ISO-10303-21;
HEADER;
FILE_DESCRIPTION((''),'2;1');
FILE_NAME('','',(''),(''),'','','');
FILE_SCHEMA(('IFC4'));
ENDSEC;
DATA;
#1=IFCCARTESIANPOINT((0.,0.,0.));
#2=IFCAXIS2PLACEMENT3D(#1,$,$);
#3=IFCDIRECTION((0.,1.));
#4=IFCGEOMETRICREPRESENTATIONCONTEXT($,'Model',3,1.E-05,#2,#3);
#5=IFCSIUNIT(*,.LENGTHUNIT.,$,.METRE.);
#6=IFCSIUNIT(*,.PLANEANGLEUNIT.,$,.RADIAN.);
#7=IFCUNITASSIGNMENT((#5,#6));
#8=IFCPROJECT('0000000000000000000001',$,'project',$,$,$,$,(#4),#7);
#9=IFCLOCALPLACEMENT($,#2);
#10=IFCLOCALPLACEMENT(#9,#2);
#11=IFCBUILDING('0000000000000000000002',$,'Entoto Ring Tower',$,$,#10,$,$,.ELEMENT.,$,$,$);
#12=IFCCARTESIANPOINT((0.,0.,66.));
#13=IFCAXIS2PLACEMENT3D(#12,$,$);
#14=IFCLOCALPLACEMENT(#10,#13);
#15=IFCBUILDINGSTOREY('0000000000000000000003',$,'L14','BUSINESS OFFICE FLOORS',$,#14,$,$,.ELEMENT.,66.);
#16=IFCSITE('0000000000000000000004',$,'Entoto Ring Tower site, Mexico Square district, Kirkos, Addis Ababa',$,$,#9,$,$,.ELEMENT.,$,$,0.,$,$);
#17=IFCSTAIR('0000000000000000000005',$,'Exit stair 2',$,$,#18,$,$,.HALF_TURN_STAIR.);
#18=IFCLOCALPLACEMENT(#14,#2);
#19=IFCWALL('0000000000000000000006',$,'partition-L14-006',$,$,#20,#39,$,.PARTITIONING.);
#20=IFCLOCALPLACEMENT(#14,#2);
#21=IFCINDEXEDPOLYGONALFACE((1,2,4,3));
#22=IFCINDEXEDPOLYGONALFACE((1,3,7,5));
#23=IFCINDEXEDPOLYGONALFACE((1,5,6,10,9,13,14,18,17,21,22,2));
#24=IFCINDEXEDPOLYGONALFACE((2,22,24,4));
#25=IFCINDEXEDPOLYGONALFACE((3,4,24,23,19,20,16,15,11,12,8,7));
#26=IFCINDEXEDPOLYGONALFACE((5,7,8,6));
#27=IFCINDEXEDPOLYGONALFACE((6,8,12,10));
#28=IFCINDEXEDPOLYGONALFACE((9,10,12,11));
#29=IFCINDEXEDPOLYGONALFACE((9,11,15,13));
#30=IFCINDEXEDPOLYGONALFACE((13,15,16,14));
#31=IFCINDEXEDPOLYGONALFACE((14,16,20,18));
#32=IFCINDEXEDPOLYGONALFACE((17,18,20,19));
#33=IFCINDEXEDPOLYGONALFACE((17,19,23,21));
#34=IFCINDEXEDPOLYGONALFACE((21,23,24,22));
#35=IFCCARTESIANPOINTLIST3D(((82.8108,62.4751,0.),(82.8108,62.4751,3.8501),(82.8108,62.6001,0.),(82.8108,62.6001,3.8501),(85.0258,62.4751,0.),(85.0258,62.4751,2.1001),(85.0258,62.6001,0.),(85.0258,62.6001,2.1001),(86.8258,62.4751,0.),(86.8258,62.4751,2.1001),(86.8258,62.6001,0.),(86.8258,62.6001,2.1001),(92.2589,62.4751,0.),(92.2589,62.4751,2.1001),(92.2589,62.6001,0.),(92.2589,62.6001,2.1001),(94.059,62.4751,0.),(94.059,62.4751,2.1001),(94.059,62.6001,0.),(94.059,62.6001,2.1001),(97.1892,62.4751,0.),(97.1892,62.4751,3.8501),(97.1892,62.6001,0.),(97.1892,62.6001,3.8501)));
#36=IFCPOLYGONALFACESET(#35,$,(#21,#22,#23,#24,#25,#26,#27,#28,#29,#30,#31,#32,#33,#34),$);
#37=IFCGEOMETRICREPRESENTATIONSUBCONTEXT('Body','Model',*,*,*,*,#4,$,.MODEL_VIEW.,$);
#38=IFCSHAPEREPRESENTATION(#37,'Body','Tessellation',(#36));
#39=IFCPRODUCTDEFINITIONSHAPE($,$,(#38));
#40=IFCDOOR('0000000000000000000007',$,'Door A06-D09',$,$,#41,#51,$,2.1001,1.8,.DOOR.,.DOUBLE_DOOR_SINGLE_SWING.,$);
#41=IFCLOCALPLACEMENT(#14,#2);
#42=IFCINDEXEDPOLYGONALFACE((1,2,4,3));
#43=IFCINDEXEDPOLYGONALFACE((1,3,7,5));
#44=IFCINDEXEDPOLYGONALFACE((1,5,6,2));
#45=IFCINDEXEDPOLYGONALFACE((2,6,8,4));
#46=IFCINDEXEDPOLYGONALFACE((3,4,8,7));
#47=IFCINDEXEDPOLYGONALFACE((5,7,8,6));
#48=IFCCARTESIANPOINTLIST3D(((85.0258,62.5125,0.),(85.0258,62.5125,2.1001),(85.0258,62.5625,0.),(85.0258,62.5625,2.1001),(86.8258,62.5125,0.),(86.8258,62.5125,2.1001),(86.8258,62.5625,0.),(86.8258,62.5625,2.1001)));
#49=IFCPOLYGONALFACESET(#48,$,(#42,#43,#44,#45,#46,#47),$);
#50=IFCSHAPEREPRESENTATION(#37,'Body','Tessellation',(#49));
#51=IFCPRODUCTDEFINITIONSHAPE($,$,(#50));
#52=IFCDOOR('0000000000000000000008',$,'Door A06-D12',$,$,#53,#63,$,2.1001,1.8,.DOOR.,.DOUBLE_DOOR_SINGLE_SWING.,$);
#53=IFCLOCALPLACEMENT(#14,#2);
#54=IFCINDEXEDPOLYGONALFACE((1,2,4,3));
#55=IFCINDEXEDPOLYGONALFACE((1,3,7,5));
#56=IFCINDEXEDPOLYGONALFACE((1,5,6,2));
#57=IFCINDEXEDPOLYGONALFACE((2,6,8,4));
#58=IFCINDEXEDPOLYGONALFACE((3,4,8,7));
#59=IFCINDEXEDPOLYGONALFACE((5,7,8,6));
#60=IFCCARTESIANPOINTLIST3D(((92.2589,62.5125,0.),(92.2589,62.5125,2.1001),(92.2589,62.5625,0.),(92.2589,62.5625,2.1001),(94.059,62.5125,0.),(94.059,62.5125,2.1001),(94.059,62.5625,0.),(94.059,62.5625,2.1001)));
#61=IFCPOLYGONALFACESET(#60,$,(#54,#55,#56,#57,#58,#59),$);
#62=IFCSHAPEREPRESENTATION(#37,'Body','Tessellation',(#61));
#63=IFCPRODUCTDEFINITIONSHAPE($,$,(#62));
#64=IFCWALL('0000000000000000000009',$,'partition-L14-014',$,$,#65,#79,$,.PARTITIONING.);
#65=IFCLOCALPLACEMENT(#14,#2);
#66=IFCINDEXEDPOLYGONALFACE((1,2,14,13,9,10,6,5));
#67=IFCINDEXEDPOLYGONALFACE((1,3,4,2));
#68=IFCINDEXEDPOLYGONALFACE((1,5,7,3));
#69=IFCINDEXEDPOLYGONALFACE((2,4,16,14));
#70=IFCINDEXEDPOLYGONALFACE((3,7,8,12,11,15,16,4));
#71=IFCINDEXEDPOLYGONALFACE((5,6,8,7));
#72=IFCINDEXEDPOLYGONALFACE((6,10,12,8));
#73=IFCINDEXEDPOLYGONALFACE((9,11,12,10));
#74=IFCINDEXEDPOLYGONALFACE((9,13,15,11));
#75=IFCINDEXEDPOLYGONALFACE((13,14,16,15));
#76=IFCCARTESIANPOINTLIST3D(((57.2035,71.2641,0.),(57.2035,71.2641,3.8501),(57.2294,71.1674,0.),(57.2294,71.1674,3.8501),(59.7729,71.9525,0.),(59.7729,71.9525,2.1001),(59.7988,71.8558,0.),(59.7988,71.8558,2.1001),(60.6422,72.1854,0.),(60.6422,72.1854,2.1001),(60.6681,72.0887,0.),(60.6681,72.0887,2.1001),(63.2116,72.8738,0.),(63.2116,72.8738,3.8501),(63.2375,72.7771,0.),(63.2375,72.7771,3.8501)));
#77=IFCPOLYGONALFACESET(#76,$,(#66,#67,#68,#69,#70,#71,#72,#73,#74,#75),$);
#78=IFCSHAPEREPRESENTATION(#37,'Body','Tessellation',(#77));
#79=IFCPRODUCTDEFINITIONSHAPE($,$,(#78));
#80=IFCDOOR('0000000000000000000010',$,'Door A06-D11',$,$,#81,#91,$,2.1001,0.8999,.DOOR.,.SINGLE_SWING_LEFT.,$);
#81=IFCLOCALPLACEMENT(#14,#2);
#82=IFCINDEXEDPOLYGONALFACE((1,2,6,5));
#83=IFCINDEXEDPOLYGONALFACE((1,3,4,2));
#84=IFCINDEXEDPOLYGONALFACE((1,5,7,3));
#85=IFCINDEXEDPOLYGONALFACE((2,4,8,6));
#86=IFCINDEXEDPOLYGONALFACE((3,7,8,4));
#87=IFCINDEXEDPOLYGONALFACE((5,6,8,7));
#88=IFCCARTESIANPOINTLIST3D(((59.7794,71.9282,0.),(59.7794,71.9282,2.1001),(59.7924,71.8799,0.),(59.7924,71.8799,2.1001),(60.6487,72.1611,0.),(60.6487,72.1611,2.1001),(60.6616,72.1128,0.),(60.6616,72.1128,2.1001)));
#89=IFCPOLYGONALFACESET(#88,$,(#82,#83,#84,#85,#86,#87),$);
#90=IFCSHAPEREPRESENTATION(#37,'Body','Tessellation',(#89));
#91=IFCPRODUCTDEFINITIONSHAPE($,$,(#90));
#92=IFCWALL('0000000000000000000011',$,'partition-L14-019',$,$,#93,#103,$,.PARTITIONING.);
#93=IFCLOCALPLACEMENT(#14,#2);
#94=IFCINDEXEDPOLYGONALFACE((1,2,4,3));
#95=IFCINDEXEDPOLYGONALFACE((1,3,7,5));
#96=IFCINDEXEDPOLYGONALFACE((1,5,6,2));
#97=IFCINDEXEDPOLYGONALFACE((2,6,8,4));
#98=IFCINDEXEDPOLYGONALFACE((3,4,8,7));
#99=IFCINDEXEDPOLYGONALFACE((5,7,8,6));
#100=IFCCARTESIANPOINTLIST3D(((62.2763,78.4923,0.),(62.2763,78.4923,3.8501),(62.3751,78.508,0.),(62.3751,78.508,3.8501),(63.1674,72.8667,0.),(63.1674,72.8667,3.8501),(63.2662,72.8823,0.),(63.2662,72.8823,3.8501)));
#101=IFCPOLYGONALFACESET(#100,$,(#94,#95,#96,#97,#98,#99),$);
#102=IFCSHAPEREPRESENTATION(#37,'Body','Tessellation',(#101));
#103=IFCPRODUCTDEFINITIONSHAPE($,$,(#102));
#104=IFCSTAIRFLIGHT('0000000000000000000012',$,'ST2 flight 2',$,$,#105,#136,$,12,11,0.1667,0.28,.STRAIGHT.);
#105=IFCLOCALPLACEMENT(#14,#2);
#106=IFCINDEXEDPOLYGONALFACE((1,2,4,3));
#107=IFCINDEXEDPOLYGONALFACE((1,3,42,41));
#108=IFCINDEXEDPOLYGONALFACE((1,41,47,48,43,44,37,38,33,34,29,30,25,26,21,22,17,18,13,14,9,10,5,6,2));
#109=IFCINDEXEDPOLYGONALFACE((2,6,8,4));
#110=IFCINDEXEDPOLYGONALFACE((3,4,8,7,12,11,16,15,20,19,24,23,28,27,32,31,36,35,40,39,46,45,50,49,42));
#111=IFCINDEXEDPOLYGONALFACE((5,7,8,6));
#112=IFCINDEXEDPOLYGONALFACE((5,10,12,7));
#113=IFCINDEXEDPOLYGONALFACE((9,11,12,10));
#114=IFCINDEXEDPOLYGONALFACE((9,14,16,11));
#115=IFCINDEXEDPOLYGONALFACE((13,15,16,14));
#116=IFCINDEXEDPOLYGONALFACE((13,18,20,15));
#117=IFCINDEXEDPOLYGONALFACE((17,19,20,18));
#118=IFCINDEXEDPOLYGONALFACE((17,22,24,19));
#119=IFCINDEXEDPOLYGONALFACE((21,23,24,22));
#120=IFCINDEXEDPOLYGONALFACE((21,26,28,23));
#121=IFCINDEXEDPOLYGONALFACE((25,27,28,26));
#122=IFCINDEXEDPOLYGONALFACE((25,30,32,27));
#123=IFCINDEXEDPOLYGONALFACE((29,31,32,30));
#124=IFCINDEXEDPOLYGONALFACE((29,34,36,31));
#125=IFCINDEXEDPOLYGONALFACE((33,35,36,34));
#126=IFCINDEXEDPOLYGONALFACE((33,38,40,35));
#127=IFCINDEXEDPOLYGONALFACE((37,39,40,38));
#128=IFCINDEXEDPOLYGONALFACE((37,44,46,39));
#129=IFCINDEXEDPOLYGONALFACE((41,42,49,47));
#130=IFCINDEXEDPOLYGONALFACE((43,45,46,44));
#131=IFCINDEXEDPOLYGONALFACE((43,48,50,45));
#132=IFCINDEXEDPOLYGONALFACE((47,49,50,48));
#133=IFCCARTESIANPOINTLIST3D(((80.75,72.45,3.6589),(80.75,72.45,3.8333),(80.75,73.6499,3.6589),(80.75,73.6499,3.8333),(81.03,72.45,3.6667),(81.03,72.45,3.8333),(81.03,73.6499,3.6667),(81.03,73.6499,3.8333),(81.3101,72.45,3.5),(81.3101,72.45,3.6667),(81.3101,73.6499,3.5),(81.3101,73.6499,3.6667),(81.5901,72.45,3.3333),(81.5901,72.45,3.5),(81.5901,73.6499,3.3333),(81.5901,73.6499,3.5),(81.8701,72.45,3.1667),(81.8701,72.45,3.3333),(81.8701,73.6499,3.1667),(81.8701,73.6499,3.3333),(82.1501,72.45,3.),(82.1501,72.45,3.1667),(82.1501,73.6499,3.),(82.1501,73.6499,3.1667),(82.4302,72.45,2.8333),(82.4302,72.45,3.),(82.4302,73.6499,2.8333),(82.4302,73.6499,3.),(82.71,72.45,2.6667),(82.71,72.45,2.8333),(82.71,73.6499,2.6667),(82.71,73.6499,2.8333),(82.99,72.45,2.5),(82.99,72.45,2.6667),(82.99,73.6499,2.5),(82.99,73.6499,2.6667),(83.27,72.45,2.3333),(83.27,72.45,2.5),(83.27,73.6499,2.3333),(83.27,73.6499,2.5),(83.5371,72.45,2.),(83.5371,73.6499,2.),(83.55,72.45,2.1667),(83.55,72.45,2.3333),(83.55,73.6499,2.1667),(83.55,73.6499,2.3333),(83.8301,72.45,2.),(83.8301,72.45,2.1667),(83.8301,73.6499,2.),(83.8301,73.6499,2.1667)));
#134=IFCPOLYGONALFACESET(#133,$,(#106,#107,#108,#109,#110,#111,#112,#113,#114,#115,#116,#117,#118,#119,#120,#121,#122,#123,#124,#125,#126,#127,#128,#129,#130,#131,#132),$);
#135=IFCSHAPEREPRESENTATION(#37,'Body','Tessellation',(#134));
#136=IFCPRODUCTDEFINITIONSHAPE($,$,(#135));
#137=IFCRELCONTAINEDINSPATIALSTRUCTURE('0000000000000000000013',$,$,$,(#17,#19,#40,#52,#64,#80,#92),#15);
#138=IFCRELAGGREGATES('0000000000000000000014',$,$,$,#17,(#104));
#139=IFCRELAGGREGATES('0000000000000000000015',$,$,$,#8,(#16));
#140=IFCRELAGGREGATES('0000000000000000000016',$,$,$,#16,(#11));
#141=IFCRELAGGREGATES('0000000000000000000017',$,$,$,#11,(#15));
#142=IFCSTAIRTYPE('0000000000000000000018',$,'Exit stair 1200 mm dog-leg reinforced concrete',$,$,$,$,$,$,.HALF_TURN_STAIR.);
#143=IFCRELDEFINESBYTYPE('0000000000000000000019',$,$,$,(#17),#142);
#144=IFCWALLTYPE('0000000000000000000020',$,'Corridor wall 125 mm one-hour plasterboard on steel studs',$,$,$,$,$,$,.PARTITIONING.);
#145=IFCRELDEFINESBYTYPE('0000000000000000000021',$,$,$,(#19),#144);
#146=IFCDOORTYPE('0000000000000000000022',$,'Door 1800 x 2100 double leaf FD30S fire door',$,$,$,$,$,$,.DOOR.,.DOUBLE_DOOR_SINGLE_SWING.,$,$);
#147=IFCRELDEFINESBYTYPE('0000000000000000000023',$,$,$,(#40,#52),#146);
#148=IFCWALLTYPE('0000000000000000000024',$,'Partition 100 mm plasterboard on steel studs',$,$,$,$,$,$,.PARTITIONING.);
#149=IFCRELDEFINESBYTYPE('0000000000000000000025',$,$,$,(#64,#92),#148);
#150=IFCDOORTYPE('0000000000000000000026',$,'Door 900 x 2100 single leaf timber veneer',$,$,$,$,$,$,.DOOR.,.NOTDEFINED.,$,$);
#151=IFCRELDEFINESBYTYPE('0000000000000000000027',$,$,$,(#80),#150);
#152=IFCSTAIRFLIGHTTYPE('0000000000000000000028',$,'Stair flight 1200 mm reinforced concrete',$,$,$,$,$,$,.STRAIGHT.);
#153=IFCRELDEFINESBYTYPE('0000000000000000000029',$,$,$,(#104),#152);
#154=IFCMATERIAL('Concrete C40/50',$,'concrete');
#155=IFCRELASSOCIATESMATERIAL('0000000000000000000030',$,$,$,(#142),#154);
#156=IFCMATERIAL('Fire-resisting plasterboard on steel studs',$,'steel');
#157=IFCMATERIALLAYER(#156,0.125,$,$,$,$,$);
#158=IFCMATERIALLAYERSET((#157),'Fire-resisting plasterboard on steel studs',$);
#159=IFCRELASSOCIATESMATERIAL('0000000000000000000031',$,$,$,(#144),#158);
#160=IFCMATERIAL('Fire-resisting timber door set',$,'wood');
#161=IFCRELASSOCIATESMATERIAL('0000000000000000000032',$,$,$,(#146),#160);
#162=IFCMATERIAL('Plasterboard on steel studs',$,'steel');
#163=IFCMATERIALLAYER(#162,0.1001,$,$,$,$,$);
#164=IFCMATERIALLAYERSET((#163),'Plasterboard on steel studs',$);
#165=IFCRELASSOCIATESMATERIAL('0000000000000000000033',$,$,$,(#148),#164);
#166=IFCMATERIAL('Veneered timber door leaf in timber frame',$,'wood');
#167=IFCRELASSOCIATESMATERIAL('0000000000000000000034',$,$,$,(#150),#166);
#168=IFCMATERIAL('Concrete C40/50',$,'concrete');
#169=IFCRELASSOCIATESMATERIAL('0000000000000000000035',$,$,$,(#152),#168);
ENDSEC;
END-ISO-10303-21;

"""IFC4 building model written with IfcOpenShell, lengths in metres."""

from ifc_helpers import new_model, si_unit, direction, frame, frame_2d, origin, place, context, subcontext, project, spatial, polyline, rectangle, outline, extrude, material, layer, layer_set, type_object, element, fill, aggregate, save


model = new_model("IFC4")

# Units and contexts
model_context = context("Model", 3, precision=1e-05, world=origin(), true_north=direction((0.0, 1.0)))
body_context = subcontext(model_context, "Body", "Model", "MODEL_VIEW")
ifc_project = project(units=[si_unit("LENGTHUNIT", "METRE"), si_unit("PLANEANGLEUNIT", "RADIAN")], contexts=[model_context])

# Site, building, storey
site_placement = place(None, origin())
site = spatial("IfcSite", under=ifc_project, at=site_placement, Name="Entoto Ring Tower site, Mexico Square district, Kirkos, Addis Ababa", CompositionType="ELEMENT", RefElevation=0.0)
building_placement = place(site_placement, origin())
building = spatial("IfcBuilding", under=site, at=building_placement, Name="Entoto Ring Tower", CompositionType="ELEMENT")
storey_placement = place(building_placement, frame((0.0, 0.0, 66.0)))
storey = spatial("IfcBuildingStorey", under=building, at=storey_placement, Name="L14", Description="BUSINESS OFFICE FLOORS", CompositionType="ELEMENT", Elevation=66.0)

# Stair
ifc_material_1 = material(Name="Concrete C40/50", Category="concrete")
stair_type = type_object("IfcStairType", Name="Exit stair 1200 mm dog-leg reinforced concrete", PredefinedType="HALF_TURN_STAIR", material=ifc_material_1)
stair_1_placement = place(storey_placement, origin())
stair_1 = element("IfcStair", 1, at=stair_1_placement, inside=storey, type_object=stair_type, Name="Exit stair 2", PredefinedType="HALF_TURN_STAIR")

# Shared definitions
ifc_material_2 = material(Name="Fire-resisting plasterboard on steel studs", Category="steel")
ifc_layer_1 = layer(ifc_material_2, 0.125)
ifc_layer_set_1 = layer_set([ifc_layer_1], Name="Fire-resisting plasterboard on steel studs")
wall_type_1 = type_object("IfcWallType", Name="Corridor wall 125 mm one-hour plasterboard on steel studs", PredefinedType="PARTITIONING", material=ifc_layer_set_1)
ifc_material_3 = material(Name="Fire-resisting timber door set", Category="wood")
door_type_1 = type_object("IfcDoorType", Name="Door 1800 x 2100 double leaf FD30S fire door", OperationType="DOUBLE_DOOR_SINGLE_SWING", PredefinedType="DOOR", material=ifc_material_3)

# Wall, openings, doors
wall_1_placement = place(storey_placement, frame((82.8108, 62.5376, 0.0), z_axis=(0.0, 0.0, 1.0), x_axis=(1.0, 0.0, 0.0)))
wall_1 = element("IfcWall", 2, at=wall_1_placement, inside=storey, type_object=wall_type_1, Name="partition-L14-006", PredefinedType="PARTITIONING", context=body_context, shape_type="SweptSolid", body=[
    extrude(rectangle(XDim=14.3784, YDim=0.125, at=frame_2d((7.1892, 0.0))), origin(), (0.0, 0.0, 1.0), 3.8501),
])
opening_1_placement = place(wall_1_placement, frame((2.2151, 0.0, 0.0)))
opening_1 = element("IfcOpeningElement", 3, at=opening_1_placement, cuts=wall_1, PredefinedType="OPENING", context=body_context, shape_type="SweptSolid", body=[
    extrude(rectangle(XDim=1.8, YDim=2.1001, at=frame_2d((0.8999, 1.05))), frame((0.0, 0.0725, 0.0), z_axis=(0.0, -1.0, 0.0), x_axis=(1.0, 0.0, 0.0)), (0.0, 0.0, 1.0), 0.145),
])
opening_2_placement = place(wall_1_placement, frame((9.4482, 0.0, 0.0)))
opening_2 = element("IfcOpeningElement", 4, at=opening_2_placement, cuts=wall_1, PredefinedType="OPENING", context=body_context, shape_type="SweptSolid", body=[
    extrude(rectangle(XDim=1.8, YDim=2.1001, at=frame_2d((0.8999, 1.05))), frame((0.0, 0.0725, 0.0), z_axis=(0.0, -1.0, 0.0), x_axis=(1.0, 0.0, 0.0)), (0.0, 0.0, 1.0), 0.145),
])
door_1_placement = place(opening_1_placement, origin())
door_1 = element("IfcDoor", 5, at=door_1_placement, inside=storey, type_object=door_type_1, Name="Door A06-D09", OperationType="DOUBLE_DOOR_SINGLE_SWING", OverallHeight=2.1001, OverallWidth=1.8, PredefinedType="DOOR", context=body_context, shape_type="SweptSolid", body=[
    extrude(rectangle(XDim=1.8, YDim=2.1001, at=frame_2d((0.8999, 1.05))), frame((0.0, 0.0249, 0.0), z_axis=(0.0, -1.0, 0.0), x_axis=(1.0, 0.0, 0.0)), (0.0, 0.0, 1.0), 0.05),
])
fill(opening_1, door_1)
door_2_placement = place(opening_2_placement, origin())
door_2 = element("IfcDoor", 6, at=door_2_placement, inside=storey, type_object=door_type_1, Name="Door A06-D12", OperationType="DOUBLE_DOOR_SINGLE_SWING", OverallHeight=2.1001, OverallWidth=1.8, PredefinedType="DOOR", context=body_context, shape_type="SweptSolid", body=[
    extrude(rectangle(XDim=1.8, YDim=2.1001, at=frame_2d((0.8999, 1.05))), frame((0.0, 0.0249, 0.0), z_axis=(0.0, -1.0, 0.0), x_axis=(1.0, 0.0, 0.0)), (0.0, 0.0, 1.0), 0.05),
])
fill(opening_2, door_2)

# Wall, opening, door
ifc_material_4 = material(Name="Plasterboard on steel studs", Category="steel")
ifc_layer_2 = layer(ifc_material_4, 0.1001)
ifc_layer_set_2 = layer_set([ifc_layer_2], Name="Plasterboard on steel studs")
wall_type_2 = type_object("IfcWallType", Name="Partition 100 mm plasterboard on steel studs", PredefinedType="PARTITIONING", material=ifc_layer_set_2)
wall_2_placement = place(storey_placement, frame((57.2166, 71.2158, 0.0), z_axis=(0.0, 0.0, 1.0), x_axis=(0.965935, 0.258784, 0.0)))
wall_2 = element("IfcWall", 7, at=wall_2_placement, inside=storey, type_object=wall_type_2, Name="partition-L14-014", PredefinedType="PARTITIONING", context=body_context, shape_type="SweptSolid", body=[
    extrude(rectangle(XDim=6.22, YDim=0.1001, at=frame_2d((3.1099, 0.0))), origin(), (0.0, 0.0, 1.0), 3.8501),
])
opening_3_placement = place(wall_2_placement, frame((2.6599, 0.0, 0.0)))
opening_3 = element("IfcOpeningElement", 8, at=opening_3_placement, cuts=wall_2, PredefinedType="OPENING", context=body_context, shape_type="SweptSolid", body=[
    extrude(rectangle(XDim=0.8999, YDim=2.1001, at=frame_2d((0.45, 1.05))), frame((0.0, 0.0601, 0.0), z_axis=(0.0, -1.0, 0.0), x_axis=(1.0, 0.0, 0.0)), (0.0, 0.0, 1.0), 0.1201),
])
ifc_material_5 = material(Name="Veneered timber door leaf in timber frame", Category="wood")
door_type_2 = type_object("IfcDoorType", Name="Door 900 x 2100 single leaf timber veneer", OperationType="NOTDEFINED", PredefinedType="DOOR", material=ifc_material_5)
door_3_placement = place(opening_3_placement, origin())
door_3 = element("IfcDoor", 9, at=door_3_placement, inside=storey, type_object=door_type_2, Name="Door A06-D11", OperationType="SINGLE_SWING_LEFT", OverallHeight=2.1001, OverallWidth=0.8999, PredefinedType="DOOR", context=body_context, shape_type="SweptSolid", body=[
    extrude(rectangle(XDim=0.8999, YDim=2.1001, at=frame_2d((0.45, 1.05))), frame((0.0, 0.0249, 0.0), z_axis=(0.0, -1.0, 0.0), x_axis=(1.0, 0.0, 0.0)), (0.0, 0.0, 1.0), 0.05),
])
fill(opening_3, door_3)

# Wall
wall_3_placement = place(storey_placement, frame((63.2168, 72.8745, 0.0), z_axis=(0.0, 0.0, 1.0), x_axis=(-0.156449, 0.987686, 0.0)))
element("IfcWall", 10, at=wall_3_placement, inside=storey, type_object=wall_type_2, Name="partition-L14-019", PredefinedType="PARTITIONING", context=body_context, shape_type="SweptSolid", body=[
    extrude(rectangle(XDim=5.6958, YDim=0.1001, at=frame_2d((2.8479, 0.0))), origin(), (0.0, 0.0, 1.0), 3.8501),
])

# Stair flight
ifc_material_6 = material(Name="Concrete C40/50", Category="concrete")
stair_flight_type = type_object("IfcStairFlightType", Name="Stair flight 1200 mm reinforced concrete", PredefinedType="STRAIGHT", material=ifc_material_6)
stair_flight_placement = place(storey_placement, frame((83.8301, 73.05, 2.0), z_axis=(0.0, 0.0, 1.0), x_axis=(-1.0, 0.0, 0.0)))
stair_flight = element("IfcStairFlight", 11, at=stair_flight_placement, type_object=stair_flight_type, Name="ST2 flight 2", NumberOfRisers=12, NumberOfTreads=11, PredefinedType="STRAIGHT", RiserHeight=0.1667, TreadLength=0.28, context=body_context, shape_type="SweptSolid", body=[
    extrude(outline(polyline([(0.0, 0.0), (0.0, 0.1667), (0.28, 0.1667), (0.28, 0.3333), (0.5601, 0.3333), (0.5601, 0.5), (0.8401, 0.5), (0.8401, 0.6667), (1.1201, 0.6667), (1.1201, 0.8333), (1.3999, 0.8333), (1.3999, 1.0), (1.6799, 1.0), (1.6799, 1.1667), (1.96, 1.1667), (1.96, 1.3333), (2.24, 1.3333), (2.24, 1.5), (2.52, 1.5), (2.52, 1.6667), (2.8, 1.6667), (2.8, 1.8333), (3.0801, 1.8333), (3.0801, 2.0), (3.0801, 1.6589), (0.293, 0.0), (0.0, 0.0)])), frame((0.0, 0.6001, 0.0), z_axis=(0.0, -1.0, 0.0), x_axis=(1.0, 0.0, 0.0)), (0.0, 0.0, 1.0), 1.2),
])
aggregate(stair_1, [stair_flight])

save(model, "model.ifc")
